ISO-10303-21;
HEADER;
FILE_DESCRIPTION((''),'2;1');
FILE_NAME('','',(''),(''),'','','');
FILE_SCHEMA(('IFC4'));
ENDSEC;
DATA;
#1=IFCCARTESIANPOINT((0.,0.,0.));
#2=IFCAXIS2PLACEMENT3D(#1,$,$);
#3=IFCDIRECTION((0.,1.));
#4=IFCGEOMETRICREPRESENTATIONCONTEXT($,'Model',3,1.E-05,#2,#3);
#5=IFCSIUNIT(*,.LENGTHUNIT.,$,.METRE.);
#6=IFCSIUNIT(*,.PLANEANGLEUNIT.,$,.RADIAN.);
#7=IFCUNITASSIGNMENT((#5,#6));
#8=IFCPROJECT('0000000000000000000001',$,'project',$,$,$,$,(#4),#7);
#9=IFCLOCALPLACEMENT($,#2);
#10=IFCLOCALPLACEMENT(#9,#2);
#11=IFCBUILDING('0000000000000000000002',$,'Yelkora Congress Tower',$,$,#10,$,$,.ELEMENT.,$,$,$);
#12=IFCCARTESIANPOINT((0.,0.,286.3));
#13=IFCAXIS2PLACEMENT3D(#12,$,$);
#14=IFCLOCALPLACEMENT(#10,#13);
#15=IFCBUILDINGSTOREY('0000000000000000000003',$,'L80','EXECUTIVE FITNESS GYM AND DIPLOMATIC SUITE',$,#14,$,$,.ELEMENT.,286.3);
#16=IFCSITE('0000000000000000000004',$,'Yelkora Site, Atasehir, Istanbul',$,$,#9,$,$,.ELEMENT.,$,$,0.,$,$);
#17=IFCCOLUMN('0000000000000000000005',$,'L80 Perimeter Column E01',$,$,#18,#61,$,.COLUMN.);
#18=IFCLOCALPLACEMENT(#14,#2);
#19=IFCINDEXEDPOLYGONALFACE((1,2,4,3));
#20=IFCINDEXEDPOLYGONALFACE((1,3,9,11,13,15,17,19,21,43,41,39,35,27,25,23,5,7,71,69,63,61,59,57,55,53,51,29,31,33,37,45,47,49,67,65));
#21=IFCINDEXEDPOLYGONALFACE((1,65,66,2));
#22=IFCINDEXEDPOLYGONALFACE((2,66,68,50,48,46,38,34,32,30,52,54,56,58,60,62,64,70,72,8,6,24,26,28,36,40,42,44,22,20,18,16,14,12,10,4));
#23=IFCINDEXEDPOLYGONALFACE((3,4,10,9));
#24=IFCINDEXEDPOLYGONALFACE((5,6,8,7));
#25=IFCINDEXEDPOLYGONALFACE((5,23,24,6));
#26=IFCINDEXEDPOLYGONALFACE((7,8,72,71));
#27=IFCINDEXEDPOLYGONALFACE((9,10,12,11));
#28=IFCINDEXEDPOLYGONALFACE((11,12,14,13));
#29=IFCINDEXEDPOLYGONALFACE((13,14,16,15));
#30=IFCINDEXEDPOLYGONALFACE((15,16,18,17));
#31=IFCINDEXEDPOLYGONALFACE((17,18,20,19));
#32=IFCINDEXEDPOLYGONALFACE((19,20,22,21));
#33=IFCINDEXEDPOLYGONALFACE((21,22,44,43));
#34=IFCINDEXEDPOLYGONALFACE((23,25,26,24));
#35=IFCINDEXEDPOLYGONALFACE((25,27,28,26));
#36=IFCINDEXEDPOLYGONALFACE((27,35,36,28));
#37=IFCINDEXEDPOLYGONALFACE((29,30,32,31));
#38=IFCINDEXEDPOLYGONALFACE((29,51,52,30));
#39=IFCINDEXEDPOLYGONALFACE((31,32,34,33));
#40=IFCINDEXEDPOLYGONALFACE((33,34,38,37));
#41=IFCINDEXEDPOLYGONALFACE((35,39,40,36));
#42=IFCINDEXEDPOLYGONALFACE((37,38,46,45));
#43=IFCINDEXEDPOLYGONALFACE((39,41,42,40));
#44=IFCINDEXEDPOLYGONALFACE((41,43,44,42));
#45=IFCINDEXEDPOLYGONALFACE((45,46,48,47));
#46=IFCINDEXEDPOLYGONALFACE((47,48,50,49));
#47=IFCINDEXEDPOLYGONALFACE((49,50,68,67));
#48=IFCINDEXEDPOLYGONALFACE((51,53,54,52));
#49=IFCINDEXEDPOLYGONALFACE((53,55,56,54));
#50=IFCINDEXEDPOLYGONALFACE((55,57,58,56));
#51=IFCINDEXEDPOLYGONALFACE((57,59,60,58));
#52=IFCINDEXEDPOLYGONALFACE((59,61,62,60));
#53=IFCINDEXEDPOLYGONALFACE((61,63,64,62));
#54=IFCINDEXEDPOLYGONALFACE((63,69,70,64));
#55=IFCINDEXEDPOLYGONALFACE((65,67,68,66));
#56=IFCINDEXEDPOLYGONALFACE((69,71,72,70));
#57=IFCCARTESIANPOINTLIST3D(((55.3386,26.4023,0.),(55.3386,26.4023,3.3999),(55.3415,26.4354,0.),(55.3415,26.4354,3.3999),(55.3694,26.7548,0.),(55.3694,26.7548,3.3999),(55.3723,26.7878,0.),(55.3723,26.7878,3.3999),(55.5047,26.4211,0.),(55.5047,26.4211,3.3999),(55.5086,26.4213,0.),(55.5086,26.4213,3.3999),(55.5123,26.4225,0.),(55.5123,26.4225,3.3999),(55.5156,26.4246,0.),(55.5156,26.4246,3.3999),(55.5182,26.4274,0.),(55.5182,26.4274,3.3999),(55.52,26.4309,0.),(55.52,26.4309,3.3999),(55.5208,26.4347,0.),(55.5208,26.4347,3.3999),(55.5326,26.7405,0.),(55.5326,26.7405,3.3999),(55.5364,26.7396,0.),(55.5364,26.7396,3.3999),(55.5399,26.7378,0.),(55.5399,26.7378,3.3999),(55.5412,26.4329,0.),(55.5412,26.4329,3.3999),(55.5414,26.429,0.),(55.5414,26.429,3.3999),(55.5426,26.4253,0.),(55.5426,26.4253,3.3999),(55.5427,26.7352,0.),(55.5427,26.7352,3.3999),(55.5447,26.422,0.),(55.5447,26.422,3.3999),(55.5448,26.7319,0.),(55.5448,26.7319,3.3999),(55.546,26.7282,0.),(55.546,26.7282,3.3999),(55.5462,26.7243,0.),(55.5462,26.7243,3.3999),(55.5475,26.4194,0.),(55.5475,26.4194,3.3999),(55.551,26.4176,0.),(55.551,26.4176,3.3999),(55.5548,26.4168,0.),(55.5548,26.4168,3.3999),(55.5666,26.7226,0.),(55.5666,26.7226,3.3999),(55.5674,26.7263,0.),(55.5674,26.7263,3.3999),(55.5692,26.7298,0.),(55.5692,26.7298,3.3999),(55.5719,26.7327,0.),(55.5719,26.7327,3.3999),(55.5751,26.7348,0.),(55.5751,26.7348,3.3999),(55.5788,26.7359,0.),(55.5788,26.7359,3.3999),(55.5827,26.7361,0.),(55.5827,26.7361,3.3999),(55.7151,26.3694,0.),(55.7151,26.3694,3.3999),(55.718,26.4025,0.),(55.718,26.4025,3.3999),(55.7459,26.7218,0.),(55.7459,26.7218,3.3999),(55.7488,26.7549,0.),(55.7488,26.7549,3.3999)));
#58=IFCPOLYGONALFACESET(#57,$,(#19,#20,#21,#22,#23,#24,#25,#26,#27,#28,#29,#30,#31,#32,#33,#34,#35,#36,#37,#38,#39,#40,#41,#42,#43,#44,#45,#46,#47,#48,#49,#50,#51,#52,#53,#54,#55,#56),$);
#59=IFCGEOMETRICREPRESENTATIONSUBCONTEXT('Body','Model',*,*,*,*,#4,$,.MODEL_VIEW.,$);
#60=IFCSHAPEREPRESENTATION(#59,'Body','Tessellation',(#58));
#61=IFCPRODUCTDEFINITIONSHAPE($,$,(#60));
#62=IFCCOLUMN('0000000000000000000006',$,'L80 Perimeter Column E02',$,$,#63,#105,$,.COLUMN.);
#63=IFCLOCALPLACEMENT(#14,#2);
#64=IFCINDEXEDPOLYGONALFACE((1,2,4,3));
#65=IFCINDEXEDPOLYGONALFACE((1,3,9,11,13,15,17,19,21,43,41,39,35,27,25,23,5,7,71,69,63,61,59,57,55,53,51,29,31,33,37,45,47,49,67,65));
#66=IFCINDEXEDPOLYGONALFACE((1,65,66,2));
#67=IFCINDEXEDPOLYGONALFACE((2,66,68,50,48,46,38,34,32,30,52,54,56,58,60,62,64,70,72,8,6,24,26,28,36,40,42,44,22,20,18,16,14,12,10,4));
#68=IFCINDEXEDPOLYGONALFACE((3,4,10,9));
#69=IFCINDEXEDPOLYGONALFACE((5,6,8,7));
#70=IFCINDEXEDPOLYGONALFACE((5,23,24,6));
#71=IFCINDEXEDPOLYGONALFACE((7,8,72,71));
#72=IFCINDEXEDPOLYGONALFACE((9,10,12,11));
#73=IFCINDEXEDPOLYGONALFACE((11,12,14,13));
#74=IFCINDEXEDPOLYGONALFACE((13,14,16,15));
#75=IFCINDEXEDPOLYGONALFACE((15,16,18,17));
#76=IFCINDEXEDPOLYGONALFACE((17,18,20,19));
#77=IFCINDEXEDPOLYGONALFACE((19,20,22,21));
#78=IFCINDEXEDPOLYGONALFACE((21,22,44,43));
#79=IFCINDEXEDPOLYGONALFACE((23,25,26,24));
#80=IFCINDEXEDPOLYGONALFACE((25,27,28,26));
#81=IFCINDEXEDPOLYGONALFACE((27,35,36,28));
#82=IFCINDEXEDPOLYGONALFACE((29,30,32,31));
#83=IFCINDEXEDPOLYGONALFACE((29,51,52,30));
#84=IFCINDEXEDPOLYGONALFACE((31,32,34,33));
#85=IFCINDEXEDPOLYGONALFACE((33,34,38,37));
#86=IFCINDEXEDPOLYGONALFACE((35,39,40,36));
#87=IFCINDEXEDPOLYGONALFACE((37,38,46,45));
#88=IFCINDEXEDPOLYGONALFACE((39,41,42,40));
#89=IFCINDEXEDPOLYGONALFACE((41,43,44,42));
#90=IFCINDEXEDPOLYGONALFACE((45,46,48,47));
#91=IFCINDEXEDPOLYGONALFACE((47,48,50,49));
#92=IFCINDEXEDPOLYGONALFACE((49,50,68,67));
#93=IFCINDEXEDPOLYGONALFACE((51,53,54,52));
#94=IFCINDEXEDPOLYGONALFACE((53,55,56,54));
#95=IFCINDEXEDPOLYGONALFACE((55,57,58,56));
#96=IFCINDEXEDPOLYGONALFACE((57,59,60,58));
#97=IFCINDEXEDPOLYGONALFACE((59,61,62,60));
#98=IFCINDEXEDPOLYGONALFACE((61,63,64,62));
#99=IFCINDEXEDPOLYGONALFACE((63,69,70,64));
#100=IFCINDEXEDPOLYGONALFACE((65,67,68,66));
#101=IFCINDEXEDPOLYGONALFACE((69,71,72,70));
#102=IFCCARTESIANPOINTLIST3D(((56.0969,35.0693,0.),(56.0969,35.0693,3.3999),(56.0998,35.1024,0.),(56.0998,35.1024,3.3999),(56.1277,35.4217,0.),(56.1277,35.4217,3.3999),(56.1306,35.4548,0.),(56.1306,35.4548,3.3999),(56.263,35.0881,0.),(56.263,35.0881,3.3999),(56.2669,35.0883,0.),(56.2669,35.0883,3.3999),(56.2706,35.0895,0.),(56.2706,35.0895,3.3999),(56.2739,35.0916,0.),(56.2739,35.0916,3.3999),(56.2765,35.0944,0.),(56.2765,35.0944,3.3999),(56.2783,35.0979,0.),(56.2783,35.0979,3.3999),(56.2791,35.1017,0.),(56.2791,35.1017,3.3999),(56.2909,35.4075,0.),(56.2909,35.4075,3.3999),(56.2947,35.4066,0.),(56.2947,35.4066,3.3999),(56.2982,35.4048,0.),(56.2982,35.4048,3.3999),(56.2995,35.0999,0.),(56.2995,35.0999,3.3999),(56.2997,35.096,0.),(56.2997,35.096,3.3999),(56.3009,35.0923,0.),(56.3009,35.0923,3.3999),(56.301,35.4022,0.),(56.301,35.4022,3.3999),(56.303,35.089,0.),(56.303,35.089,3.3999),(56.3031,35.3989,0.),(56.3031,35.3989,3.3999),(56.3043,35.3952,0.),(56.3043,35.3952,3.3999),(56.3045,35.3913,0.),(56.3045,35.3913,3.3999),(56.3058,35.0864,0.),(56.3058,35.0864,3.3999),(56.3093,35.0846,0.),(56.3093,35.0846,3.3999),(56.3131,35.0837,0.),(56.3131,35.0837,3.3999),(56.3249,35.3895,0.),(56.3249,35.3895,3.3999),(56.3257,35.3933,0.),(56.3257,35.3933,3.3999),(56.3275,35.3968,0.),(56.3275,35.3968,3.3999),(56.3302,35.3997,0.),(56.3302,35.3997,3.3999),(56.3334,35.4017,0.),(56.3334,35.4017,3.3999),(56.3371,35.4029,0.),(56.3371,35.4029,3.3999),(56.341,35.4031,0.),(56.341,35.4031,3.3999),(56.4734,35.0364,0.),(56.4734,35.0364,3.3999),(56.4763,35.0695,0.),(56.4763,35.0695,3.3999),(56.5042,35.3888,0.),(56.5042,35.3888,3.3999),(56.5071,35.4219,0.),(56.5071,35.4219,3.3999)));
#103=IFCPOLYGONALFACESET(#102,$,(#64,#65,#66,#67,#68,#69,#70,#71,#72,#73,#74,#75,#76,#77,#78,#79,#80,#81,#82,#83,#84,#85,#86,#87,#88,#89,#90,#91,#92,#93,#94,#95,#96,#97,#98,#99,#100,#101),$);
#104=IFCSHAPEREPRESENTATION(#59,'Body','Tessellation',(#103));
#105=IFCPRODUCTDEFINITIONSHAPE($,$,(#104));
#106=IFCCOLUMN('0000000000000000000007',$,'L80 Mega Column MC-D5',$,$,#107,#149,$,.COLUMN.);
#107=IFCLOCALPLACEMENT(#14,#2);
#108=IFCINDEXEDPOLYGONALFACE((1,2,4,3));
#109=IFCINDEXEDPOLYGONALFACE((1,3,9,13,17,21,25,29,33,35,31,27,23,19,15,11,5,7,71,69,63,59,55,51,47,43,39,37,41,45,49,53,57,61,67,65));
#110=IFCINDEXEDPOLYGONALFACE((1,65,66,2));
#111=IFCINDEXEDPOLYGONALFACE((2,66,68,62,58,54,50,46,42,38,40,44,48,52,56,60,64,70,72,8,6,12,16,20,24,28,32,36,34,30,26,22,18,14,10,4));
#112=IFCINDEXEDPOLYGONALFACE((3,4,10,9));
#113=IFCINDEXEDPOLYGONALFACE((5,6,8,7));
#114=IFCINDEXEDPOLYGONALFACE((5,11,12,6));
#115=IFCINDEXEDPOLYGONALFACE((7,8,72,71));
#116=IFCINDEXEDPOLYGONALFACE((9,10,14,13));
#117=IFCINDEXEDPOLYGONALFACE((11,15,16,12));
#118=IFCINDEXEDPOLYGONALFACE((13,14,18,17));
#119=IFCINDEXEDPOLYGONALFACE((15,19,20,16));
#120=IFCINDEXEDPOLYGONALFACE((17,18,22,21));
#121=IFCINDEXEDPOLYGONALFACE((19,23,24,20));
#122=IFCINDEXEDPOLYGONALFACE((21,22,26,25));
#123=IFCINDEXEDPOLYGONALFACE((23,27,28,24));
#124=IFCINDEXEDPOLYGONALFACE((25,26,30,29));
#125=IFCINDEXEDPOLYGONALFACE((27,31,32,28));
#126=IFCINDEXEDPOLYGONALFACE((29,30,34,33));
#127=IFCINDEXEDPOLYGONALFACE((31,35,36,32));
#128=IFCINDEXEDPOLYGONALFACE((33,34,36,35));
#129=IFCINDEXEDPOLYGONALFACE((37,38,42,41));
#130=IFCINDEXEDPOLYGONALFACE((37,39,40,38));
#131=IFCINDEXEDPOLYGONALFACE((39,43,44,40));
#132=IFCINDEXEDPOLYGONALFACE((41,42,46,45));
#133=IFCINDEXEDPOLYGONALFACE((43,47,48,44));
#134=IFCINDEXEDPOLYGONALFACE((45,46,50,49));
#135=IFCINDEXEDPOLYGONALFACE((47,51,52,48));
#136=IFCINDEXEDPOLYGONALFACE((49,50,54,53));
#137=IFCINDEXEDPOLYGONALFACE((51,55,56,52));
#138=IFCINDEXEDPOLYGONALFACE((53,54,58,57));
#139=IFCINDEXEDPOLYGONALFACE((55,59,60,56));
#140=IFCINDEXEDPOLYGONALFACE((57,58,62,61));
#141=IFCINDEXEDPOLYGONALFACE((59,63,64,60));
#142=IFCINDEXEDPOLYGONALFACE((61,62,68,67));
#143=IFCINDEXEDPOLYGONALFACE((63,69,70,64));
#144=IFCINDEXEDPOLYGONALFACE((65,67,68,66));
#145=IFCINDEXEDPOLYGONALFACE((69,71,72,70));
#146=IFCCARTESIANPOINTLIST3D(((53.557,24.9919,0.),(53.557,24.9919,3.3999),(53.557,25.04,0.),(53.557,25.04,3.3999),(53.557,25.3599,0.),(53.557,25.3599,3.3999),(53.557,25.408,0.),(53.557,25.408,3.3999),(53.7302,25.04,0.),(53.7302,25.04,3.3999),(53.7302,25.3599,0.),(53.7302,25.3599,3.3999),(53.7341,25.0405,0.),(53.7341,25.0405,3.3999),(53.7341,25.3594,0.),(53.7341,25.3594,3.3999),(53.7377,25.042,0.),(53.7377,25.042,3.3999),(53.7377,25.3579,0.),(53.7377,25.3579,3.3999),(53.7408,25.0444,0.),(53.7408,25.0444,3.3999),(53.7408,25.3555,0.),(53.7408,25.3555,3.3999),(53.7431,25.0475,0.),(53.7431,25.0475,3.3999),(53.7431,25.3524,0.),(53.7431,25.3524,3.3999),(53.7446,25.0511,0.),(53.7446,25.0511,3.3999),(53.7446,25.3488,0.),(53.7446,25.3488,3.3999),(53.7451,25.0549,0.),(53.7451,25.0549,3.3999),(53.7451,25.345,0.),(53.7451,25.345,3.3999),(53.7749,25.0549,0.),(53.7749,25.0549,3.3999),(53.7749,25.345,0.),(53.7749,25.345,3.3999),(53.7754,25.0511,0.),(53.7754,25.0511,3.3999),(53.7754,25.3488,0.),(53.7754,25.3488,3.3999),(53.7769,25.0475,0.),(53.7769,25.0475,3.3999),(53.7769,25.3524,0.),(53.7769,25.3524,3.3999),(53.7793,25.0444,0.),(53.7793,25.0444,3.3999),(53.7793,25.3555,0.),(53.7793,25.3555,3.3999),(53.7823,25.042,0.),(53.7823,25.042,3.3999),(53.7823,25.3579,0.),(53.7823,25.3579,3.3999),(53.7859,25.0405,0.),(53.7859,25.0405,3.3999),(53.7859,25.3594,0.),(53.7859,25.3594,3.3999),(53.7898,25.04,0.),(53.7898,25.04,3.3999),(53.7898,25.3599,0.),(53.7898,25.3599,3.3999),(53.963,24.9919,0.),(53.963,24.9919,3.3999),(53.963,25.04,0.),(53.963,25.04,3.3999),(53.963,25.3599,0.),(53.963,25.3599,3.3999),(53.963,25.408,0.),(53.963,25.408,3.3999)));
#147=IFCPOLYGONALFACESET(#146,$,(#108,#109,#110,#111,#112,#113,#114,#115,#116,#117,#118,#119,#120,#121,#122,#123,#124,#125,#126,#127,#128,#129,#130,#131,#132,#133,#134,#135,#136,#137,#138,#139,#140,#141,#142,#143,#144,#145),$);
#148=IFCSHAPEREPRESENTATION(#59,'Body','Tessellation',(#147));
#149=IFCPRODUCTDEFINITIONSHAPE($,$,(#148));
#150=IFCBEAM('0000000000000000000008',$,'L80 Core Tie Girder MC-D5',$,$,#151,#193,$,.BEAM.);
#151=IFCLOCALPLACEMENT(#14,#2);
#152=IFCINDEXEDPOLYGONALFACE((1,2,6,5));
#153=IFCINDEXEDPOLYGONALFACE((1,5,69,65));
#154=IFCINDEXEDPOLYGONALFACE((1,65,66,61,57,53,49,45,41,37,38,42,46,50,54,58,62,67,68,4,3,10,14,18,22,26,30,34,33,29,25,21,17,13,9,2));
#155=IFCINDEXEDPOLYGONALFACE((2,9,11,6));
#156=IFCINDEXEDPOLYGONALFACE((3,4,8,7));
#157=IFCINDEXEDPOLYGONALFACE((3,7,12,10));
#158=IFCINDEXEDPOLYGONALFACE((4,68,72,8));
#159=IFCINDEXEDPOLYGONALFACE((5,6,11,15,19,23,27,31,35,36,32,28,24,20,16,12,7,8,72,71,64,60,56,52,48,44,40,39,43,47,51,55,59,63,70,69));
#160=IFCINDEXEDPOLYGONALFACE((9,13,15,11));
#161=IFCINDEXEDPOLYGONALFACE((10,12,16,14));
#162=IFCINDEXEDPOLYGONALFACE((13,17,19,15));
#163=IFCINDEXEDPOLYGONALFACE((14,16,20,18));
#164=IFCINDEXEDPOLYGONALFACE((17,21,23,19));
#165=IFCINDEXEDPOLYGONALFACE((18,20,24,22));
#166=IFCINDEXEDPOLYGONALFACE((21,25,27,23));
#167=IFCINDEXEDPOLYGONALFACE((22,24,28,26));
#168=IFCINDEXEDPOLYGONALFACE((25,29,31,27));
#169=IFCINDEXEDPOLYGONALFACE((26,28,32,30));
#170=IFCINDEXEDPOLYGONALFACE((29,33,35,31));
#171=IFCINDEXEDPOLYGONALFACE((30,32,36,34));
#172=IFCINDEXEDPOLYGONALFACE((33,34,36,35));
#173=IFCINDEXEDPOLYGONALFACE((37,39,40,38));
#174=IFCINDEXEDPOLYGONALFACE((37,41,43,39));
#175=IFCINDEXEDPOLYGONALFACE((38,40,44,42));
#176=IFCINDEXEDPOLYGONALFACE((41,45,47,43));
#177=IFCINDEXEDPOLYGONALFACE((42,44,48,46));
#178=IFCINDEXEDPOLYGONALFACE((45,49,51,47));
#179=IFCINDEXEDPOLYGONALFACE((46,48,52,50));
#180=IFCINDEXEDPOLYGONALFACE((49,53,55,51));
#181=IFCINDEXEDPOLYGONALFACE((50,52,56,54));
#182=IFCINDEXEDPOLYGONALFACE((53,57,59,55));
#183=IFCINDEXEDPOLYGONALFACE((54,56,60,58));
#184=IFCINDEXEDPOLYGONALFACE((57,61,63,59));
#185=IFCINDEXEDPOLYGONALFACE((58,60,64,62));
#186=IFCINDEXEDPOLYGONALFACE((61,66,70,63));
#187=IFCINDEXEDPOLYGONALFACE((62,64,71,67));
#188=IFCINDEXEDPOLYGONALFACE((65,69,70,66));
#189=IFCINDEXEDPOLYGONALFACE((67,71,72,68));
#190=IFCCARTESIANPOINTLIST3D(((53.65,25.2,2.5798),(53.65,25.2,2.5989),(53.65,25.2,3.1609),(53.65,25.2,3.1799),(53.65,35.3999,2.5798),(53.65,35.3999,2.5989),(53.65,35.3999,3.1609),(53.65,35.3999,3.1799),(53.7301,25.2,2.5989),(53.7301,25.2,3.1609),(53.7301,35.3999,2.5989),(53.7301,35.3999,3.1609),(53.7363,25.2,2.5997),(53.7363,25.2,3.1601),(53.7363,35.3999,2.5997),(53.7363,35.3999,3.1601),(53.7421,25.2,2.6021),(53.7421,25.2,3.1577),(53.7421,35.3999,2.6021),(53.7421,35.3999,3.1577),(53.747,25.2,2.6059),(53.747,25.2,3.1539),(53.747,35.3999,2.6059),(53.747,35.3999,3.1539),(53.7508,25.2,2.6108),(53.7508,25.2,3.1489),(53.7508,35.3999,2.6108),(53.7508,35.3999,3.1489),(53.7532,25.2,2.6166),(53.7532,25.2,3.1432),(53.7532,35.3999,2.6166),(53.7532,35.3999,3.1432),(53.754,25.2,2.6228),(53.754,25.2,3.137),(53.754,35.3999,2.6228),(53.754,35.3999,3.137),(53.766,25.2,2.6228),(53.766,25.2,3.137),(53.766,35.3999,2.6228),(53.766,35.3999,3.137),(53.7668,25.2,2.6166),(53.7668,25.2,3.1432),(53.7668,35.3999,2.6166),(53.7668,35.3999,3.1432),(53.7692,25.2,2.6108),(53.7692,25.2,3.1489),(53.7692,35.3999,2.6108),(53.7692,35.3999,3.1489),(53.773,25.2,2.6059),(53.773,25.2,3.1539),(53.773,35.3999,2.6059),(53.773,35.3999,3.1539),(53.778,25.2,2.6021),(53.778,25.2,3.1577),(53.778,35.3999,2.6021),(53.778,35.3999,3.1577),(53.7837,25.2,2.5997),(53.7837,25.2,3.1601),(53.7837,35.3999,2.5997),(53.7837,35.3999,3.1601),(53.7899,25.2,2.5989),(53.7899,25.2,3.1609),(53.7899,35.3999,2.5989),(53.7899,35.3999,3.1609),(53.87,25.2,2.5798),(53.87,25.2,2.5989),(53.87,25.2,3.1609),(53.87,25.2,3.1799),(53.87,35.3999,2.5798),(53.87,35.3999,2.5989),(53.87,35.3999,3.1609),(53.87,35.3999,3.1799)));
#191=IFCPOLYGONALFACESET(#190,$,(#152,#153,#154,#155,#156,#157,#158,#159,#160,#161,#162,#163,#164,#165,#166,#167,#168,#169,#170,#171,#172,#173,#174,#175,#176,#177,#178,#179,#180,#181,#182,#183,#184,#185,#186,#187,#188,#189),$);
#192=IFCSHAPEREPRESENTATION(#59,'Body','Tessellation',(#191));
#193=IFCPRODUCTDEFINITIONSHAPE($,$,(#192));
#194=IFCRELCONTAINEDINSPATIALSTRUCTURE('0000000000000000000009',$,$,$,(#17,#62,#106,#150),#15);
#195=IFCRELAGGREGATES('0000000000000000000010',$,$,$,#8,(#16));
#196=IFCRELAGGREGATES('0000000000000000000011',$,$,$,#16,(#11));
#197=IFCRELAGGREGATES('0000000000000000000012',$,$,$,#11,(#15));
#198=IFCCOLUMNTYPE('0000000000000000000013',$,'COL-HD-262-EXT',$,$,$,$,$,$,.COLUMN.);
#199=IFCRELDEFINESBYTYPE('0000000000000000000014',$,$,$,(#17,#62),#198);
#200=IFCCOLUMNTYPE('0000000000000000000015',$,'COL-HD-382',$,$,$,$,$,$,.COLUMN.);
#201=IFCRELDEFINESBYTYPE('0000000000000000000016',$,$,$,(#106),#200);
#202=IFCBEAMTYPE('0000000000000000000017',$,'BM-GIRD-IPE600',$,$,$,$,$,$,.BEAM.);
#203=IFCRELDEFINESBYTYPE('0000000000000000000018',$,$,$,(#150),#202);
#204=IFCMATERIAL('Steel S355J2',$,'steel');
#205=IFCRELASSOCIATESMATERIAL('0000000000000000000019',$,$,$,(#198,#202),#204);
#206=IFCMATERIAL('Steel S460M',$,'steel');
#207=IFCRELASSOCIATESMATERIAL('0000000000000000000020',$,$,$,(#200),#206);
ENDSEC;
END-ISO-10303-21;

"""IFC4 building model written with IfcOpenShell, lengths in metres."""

from ifc_helpers import new_model, si_unit, direction, frame, origin, origin_2d, place, context, subcontext, project, spatial, i_section, extrude, material, material_profile, profile_set, type_object, element, save


model = new_model("IFC4")

# Units and contexts
model_context = context("Model", 3, precision=1e-05, world=origin(), true_north=direction((0.0, 1.0)))
body_context = subcontext(model_context, "Body", "Model", "MODEL_VIEW")
ifc_project = project(units=[si_unit("LENGTHUNIT", "METRE"), si_unit("PLANEANGLEUNIT", "RADIAN")], contexts=[model_context])

# Site, building, storey
site_placement = place(None, origin())
site = spatial("IfcSite", under=ifc_project, at=site_placement, Name="Yelkora Site, Atasehir, Istanbul", CompositionType="ELEMENT", RefElevation=0.0)
building_placement = place(site_placement, origin())
building = spatial("IfcBuilding", under=site, at=building_placement, Name="Yelkora Congress Tower", CompositionType="ELEMENT")
storey_placement = place(building_placement, frame((0.0, 0.0, 286.3)))
storey = spatial("IfcBuildingStorey", under=building, at=storey_placement, Name="L80", Description="EXECUTIVE FITNESS GYM AND DIPLOMATIC SUITE", CompositionType="ELEMENT", Elevation=286.3)

# Columns
ifc_material_1 = material(Name="Steel S355J2", Category="steel")
ifc_material_profile_1 = material_profile(ifc_material_1, i_section(OverallWidth=0.3779, OverallDepth=0.387, WebThickness=0.0205, FlangeThickness=0.0332, FilletRadius=0.0149, at=origin_2d()), Name="HD 360x262")
ifc_profile_set_1 = profile_set([ifc_material_profile_1], Name="Steel S355J2")
column_type_1 = type_object("IfcColumnType", Name="COL-HD-262-EXT", PredefinedType="COLUMN", material=ifc_profile_set_1)
for number, where, z_axis, x_axis, name in (
    (1, (55.5437, 26.5786, 0.0), (0.0, 0.0, 1.0), (0.996195, -0.087156, 0.0), "L80 Perimeter Column E01"),
    (2, (56.302, 35.2456, 0.0), (0.0, 0.0, 1.0), (0.996195, -0.087156, 0.0), "L80 Perimeter Column E02"),
):
    element("IfcColumn", number, at=place(storey_placement, frame(where, z_axis=z_axis, x_axis=x_axis)), inside=storey, type_object=column_type_1, Name=name, PredefinedType="COLUMN", context=body_context, shape_type="SweptSolid", body=[
        extrude(i_section(OverallWidth=0.3779, OverallDepth=0.387, WebThickness=0.0205, FlangeThickness=0.0332, FilletRadius=0.0149, at=origin_2d()), origin(), (0.0, 0.0, 1.0), 3.3999),
    ])
ifc_material_2 = material(Name="Steel S460M", Category="steel")
ifc_material_profile_2 = material_profile(ifc_material_2, i_section(OverallWidth=0.406, OverallDepth=0.416, WebThickness=0.0298, FlangeThickness=0.0481, FilletRadius=0.0149, at=origin_2d()), Name="HD 400x382")
ifc_profile_set_2 = profile_set([ifc_material_profile_2], Name="Steel S460M")
column_type_2 = type_object("IfcColumnType", Name="COL-HD-382", PredefinedType="COLUMN", material=ifc_profile_set_2)
column_placement = place(storey_placement, frame((53.76, 25.2, 0.0), z_axis=(0.0, 0.0, 1.0), x_axis=(1.0, 0.0, 0.0)))
element("IfcColumn", 3, at=column_placement, inside=storey, type_object=column_type_2, Name="L80 Mega Column MC-D5", PredefinedType="COLUMN", context=body_context, shape_type="SweptSolid", body=[
    extrude(i_section(OverallWidth=0.406, OverallDepth=0.416, WebThickness=0.0298, FlangeThickness=0.0481, FilletRadius=0.0149, at=origin_2d()), origin(), (0.0, 0.0, 1.0), 3.3999),
])

# Beam
ifc_material_profile_3 = material_profile(ifc_material_1, i_section(OverallWidth=0.22, OverallDepth=0.6001, WebThickness=0.012, FlangeThickness=0.019, FilletRadius=0.0239, at=origin_2d()), Name="IPE 600")
ifc_profile_set_3 = profile_set([ifc_material_profile_3], Name="Steel S355J2")
beam_type_1 = type_object("IfcBeamType", Name="BM-GIRD-IPE600", PredefinedType="BEAM", material=ifc_profile_set_3)
beam_1_placement = place(storey_placement, frame((53.76, 25.2, 2.8799), z_axis=(0.0, 1.0, 0.0), x_axis=(-1.0, 0.0, 0.0)))
element("IfcBeam", 4, at=beam_1_placement, inside=storey, type_object=beam_type_1, Name="L80 Core Tie Girder MC-D5", PredefinedType="BEAM", context=body_context, shape_type="SweptSolid", body=[
    extrude(i_section(OverallWidth=0.22, OverallDepth=0.6001, WebThickness=0.012, FlangeThickness=0.019, FilletRadius=0.0239, at=origin_2d()), origin(), (0.0, 0.0, 1.0), 10.2),
])

save(model, "model.ifc")
